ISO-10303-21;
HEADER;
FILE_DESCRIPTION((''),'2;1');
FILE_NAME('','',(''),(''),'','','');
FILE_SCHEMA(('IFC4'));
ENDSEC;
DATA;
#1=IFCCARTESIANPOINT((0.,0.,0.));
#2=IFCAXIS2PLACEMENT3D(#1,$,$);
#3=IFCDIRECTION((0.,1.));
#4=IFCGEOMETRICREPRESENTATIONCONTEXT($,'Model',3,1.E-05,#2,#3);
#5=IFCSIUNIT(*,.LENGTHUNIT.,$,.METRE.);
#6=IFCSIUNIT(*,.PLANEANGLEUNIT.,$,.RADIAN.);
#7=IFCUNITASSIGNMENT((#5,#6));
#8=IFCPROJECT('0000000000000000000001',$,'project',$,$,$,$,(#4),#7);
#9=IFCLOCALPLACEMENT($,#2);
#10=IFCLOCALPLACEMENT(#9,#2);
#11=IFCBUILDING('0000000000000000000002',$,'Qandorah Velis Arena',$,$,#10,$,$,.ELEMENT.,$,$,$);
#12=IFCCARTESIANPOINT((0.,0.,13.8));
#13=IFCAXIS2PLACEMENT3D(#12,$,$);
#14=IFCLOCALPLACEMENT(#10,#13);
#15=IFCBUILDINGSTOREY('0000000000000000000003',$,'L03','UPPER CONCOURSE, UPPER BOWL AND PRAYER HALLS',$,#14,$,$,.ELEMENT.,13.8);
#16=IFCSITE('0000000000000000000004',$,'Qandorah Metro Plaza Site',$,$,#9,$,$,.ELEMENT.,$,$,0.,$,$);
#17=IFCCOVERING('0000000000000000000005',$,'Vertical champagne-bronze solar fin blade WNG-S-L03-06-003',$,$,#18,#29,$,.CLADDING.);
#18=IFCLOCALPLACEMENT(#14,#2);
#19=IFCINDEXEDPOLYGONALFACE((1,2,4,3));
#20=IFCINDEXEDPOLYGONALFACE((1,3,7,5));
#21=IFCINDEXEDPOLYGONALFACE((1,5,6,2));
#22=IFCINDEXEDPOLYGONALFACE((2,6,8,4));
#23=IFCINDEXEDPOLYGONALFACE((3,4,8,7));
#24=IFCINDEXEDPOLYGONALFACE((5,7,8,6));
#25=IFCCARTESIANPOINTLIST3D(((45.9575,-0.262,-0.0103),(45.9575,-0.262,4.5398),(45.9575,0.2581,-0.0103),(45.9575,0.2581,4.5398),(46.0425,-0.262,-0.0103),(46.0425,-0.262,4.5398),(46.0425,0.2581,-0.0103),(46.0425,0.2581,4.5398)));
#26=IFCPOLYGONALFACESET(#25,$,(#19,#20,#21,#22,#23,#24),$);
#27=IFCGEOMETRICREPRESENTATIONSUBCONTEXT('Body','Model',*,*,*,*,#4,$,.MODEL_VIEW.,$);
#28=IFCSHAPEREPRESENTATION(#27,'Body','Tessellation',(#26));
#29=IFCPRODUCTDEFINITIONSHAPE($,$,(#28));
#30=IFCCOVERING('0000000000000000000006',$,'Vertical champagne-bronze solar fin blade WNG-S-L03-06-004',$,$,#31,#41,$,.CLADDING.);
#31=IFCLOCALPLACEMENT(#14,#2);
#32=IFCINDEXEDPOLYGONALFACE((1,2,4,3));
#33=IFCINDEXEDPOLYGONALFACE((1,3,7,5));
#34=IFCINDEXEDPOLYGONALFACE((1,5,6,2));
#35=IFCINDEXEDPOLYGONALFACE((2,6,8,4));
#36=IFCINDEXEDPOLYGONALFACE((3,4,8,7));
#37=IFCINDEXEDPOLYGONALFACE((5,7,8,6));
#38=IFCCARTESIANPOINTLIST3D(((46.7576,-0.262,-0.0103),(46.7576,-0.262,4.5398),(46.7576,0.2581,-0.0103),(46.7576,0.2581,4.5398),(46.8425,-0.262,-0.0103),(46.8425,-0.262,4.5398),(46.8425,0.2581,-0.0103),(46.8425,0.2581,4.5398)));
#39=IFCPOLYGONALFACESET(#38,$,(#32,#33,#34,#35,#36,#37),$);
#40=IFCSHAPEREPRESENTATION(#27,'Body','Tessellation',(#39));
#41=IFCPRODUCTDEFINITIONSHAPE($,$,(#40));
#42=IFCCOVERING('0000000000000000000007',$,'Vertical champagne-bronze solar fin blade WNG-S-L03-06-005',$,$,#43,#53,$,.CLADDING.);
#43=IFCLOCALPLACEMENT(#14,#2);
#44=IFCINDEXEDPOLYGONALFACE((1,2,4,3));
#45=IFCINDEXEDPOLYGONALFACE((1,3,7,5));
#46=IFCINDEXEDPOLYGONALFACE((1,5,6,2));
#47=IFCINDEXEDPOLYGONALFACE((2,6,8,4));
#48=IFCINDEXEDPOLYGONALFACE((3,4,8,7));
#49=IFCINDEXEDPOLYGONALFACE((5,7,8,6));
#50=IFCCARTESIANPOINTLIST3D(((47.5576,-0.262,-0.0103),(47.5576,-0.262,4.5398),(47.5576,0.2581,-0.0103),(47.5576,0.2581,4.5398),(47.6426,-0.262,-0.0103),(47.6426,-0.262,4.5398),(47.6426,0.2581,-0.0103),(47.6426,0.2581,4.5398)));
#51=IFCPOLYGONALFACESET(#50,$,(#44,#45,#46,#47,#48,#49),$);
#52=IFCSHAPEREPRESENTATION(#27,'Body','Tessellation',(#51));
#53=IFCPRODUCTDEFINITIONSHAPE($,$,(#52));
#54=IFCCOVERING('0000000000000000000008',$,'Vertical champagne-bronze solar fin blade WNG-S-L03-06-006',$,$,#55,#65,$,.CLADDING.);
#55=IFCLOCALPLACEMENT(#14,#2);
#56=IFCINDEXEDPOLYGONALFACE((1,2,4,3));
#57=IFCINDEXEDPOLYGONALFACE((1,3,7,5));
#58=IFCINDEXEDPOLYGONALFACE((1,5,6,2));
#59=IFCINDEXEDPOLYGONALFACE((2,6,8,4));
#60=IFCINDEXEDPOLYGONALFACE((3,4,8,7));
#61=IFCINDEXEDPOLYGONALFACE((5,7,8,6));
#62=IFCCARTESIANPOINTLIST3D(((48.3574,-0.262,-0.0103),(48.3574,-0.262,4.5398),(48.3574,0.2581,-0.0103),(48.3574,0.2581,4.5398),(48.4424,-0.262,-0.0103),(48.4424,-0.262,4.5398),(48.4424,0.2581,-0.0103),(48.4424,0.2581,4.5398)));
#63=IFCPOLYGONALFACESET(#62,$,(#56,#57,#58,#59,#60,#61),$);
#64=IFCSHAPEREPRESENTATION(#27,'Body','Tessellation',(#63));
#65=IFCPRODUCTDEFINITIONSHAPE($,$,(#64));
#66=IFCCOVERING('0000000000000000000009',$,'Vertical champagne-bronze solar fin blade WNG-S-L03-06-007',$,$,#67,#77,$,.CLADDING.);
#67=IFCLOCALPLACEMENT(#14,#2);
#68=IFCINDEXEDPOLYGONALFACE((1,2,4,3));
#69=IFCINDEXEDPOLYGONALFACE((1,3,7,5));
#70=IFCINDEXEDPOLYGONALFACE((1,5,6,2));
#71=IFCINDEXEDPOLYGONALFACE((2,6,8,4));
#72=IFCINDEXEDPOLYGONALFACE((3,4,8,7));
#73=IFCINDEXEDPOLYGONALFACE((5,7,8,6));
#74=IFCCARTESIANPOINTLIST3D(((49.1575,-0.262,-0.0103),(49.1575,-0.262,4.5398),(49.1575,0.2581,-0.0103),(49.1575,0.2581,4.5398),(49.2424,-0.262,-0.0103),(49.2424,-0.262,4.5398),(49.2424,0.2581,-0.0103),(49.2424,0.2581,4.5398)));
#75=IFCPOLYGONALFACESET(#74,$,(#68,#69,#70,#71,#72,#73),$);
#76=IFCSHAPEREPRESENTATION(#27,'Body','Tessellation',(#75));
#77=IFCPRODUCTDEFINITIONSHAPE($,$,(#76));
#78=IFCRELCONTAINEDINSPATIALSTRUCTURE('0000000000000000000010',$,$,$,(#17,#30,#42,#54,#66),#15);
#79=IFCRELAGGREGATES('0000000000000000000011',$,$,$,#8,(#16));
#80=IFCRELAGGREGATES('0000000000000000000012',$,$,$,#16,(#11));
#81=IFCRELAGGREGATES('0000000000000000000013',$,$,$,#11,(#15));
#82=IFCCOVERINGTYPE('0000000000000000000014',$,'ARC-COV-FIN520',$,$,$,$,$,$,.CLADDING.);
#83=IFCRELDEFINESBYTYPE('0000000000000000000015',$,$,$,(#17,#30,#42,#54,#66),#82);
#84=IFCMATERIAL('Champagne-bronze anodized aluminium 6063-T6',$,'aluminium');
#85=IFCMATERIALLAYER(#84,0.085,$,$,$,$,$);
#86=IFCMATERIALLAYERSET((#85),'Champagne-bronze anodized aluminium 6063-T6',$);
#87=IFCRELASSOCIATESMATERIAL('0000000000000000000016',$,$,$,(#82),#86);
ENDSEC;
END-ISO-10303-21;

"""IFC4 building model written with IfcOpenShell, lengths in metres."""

from ifc_helpers import new_model, si_unit, direction, frame, origin, origin_2d, place, context, subcontext, project, spatial, rectangle, extrude, material, layer, layer_set, type_object, element, save


model = new_model("IFC4")

# Units and contexts
model_context = context("Model", 3, precision=1e-05, world=origin(), true_north=direction((0.0, 1.0)))
body_context = subcontext(model_context, "Body", "Model", "MODEL_VIEW")
ifc_project = project(units=[si_unit("LENGTHUNIT", "METRE"), si_unit("PLANEANGLEUNIT", "RADIAN")], contexts=[model_context])

# Site, building, storey
site_placement = place(None, origin())
site = spatial("IfcSite", under=ifc_project, at=site_placement, Name="Qandorah Metro Plaza Site", CompositionType="ELEMENT", RefElevation=0.0)
building_placement = place(site_placement, origin())
building = spatial("IfcBuilding", under=site, at=building_placement, Name="Qandorah Velis Arena", CompositionType="ELEMENT")
storey_placement = place(building_placement, frame((0.0, 0.0, 13.8)))
storey = spatial("IfcBuildingStorey", under=building, at=storey_placement, Name="L03", Description="UPPER CONCOURSE, UPPER BOWL AND PRAYER HALLS", CompositionType="ELEMENT", Elevation=13.8)

# Shared definitions
ifc_material_1 = material(Name="Champagne-bronze anodized aluminium 6063-T6", Category="aluminium")

# Coverings
ifc_layer_1 = layer(ifc_material_1, 0.085)
ifc_layer_set_1 = layer_set([ifc_layer_1], Name="Champagne-bronze anodized aluminium 6063-T6")
covering_type = type_object("IfcCoveringType", Name="ARC-COV-FIN520", PredefinedType="CLADDING", material=ifc_layer_set_1)
for number, where, z_axis, x_axis, name in (
    (1, (46.0, -0.002, -0.0103), (0.0, 0.0, 1.0), (1.0, 0.0, 0.0), "Vertical champagne-bronze solar fin blade WNG-S-L03-06-003"),
    (2, (46.8, -0.002, -0.0103), (0.0, 0.0, 1.0), (1.0, 0.0, 0.0), "Vertical champagne-bronze solar fin blade WNG-S-L03-06-004"),
    (3, (47.6001, -0.002, -0.0103), (0.0, 0.0, 1.0), (1.0, 0.0, 0.0), "Vertical champagne-bronze solar fin blade WNG-S-L03-06-005"),
    (4, (48.3999, -0.002, -0.0103), (0.0, 0.0, 1.0), (1.0, 0.0, 0.0), "Vertical champagne-bronze solar fin blade WNG-S-L03-06-006"),
    (5, (49.2, -0.002, -0.0103), (0.0, 0.0, 1.0), (1.0, 0.0, 0.0), "Vertical champagne-bronze solar fin blade WNG-S-L03-06-007"),
):
    element("IfcCovering", number, at=place(storey_placement, frame(where, z_axis=z_axis, x_axis=x_axis)), inside=storey, type_object=covering_type, Name=name, PredefinedType="CLADDING", context=body_context, shape_type="SweptSolid", body=[
        extrude(rectangle(XDim=0.085, YDim=0.52, at=origin_2d()), origin(), (0.0, 0.0, 1.0), 4.55),
    ])

save(model, "model.ifc")
